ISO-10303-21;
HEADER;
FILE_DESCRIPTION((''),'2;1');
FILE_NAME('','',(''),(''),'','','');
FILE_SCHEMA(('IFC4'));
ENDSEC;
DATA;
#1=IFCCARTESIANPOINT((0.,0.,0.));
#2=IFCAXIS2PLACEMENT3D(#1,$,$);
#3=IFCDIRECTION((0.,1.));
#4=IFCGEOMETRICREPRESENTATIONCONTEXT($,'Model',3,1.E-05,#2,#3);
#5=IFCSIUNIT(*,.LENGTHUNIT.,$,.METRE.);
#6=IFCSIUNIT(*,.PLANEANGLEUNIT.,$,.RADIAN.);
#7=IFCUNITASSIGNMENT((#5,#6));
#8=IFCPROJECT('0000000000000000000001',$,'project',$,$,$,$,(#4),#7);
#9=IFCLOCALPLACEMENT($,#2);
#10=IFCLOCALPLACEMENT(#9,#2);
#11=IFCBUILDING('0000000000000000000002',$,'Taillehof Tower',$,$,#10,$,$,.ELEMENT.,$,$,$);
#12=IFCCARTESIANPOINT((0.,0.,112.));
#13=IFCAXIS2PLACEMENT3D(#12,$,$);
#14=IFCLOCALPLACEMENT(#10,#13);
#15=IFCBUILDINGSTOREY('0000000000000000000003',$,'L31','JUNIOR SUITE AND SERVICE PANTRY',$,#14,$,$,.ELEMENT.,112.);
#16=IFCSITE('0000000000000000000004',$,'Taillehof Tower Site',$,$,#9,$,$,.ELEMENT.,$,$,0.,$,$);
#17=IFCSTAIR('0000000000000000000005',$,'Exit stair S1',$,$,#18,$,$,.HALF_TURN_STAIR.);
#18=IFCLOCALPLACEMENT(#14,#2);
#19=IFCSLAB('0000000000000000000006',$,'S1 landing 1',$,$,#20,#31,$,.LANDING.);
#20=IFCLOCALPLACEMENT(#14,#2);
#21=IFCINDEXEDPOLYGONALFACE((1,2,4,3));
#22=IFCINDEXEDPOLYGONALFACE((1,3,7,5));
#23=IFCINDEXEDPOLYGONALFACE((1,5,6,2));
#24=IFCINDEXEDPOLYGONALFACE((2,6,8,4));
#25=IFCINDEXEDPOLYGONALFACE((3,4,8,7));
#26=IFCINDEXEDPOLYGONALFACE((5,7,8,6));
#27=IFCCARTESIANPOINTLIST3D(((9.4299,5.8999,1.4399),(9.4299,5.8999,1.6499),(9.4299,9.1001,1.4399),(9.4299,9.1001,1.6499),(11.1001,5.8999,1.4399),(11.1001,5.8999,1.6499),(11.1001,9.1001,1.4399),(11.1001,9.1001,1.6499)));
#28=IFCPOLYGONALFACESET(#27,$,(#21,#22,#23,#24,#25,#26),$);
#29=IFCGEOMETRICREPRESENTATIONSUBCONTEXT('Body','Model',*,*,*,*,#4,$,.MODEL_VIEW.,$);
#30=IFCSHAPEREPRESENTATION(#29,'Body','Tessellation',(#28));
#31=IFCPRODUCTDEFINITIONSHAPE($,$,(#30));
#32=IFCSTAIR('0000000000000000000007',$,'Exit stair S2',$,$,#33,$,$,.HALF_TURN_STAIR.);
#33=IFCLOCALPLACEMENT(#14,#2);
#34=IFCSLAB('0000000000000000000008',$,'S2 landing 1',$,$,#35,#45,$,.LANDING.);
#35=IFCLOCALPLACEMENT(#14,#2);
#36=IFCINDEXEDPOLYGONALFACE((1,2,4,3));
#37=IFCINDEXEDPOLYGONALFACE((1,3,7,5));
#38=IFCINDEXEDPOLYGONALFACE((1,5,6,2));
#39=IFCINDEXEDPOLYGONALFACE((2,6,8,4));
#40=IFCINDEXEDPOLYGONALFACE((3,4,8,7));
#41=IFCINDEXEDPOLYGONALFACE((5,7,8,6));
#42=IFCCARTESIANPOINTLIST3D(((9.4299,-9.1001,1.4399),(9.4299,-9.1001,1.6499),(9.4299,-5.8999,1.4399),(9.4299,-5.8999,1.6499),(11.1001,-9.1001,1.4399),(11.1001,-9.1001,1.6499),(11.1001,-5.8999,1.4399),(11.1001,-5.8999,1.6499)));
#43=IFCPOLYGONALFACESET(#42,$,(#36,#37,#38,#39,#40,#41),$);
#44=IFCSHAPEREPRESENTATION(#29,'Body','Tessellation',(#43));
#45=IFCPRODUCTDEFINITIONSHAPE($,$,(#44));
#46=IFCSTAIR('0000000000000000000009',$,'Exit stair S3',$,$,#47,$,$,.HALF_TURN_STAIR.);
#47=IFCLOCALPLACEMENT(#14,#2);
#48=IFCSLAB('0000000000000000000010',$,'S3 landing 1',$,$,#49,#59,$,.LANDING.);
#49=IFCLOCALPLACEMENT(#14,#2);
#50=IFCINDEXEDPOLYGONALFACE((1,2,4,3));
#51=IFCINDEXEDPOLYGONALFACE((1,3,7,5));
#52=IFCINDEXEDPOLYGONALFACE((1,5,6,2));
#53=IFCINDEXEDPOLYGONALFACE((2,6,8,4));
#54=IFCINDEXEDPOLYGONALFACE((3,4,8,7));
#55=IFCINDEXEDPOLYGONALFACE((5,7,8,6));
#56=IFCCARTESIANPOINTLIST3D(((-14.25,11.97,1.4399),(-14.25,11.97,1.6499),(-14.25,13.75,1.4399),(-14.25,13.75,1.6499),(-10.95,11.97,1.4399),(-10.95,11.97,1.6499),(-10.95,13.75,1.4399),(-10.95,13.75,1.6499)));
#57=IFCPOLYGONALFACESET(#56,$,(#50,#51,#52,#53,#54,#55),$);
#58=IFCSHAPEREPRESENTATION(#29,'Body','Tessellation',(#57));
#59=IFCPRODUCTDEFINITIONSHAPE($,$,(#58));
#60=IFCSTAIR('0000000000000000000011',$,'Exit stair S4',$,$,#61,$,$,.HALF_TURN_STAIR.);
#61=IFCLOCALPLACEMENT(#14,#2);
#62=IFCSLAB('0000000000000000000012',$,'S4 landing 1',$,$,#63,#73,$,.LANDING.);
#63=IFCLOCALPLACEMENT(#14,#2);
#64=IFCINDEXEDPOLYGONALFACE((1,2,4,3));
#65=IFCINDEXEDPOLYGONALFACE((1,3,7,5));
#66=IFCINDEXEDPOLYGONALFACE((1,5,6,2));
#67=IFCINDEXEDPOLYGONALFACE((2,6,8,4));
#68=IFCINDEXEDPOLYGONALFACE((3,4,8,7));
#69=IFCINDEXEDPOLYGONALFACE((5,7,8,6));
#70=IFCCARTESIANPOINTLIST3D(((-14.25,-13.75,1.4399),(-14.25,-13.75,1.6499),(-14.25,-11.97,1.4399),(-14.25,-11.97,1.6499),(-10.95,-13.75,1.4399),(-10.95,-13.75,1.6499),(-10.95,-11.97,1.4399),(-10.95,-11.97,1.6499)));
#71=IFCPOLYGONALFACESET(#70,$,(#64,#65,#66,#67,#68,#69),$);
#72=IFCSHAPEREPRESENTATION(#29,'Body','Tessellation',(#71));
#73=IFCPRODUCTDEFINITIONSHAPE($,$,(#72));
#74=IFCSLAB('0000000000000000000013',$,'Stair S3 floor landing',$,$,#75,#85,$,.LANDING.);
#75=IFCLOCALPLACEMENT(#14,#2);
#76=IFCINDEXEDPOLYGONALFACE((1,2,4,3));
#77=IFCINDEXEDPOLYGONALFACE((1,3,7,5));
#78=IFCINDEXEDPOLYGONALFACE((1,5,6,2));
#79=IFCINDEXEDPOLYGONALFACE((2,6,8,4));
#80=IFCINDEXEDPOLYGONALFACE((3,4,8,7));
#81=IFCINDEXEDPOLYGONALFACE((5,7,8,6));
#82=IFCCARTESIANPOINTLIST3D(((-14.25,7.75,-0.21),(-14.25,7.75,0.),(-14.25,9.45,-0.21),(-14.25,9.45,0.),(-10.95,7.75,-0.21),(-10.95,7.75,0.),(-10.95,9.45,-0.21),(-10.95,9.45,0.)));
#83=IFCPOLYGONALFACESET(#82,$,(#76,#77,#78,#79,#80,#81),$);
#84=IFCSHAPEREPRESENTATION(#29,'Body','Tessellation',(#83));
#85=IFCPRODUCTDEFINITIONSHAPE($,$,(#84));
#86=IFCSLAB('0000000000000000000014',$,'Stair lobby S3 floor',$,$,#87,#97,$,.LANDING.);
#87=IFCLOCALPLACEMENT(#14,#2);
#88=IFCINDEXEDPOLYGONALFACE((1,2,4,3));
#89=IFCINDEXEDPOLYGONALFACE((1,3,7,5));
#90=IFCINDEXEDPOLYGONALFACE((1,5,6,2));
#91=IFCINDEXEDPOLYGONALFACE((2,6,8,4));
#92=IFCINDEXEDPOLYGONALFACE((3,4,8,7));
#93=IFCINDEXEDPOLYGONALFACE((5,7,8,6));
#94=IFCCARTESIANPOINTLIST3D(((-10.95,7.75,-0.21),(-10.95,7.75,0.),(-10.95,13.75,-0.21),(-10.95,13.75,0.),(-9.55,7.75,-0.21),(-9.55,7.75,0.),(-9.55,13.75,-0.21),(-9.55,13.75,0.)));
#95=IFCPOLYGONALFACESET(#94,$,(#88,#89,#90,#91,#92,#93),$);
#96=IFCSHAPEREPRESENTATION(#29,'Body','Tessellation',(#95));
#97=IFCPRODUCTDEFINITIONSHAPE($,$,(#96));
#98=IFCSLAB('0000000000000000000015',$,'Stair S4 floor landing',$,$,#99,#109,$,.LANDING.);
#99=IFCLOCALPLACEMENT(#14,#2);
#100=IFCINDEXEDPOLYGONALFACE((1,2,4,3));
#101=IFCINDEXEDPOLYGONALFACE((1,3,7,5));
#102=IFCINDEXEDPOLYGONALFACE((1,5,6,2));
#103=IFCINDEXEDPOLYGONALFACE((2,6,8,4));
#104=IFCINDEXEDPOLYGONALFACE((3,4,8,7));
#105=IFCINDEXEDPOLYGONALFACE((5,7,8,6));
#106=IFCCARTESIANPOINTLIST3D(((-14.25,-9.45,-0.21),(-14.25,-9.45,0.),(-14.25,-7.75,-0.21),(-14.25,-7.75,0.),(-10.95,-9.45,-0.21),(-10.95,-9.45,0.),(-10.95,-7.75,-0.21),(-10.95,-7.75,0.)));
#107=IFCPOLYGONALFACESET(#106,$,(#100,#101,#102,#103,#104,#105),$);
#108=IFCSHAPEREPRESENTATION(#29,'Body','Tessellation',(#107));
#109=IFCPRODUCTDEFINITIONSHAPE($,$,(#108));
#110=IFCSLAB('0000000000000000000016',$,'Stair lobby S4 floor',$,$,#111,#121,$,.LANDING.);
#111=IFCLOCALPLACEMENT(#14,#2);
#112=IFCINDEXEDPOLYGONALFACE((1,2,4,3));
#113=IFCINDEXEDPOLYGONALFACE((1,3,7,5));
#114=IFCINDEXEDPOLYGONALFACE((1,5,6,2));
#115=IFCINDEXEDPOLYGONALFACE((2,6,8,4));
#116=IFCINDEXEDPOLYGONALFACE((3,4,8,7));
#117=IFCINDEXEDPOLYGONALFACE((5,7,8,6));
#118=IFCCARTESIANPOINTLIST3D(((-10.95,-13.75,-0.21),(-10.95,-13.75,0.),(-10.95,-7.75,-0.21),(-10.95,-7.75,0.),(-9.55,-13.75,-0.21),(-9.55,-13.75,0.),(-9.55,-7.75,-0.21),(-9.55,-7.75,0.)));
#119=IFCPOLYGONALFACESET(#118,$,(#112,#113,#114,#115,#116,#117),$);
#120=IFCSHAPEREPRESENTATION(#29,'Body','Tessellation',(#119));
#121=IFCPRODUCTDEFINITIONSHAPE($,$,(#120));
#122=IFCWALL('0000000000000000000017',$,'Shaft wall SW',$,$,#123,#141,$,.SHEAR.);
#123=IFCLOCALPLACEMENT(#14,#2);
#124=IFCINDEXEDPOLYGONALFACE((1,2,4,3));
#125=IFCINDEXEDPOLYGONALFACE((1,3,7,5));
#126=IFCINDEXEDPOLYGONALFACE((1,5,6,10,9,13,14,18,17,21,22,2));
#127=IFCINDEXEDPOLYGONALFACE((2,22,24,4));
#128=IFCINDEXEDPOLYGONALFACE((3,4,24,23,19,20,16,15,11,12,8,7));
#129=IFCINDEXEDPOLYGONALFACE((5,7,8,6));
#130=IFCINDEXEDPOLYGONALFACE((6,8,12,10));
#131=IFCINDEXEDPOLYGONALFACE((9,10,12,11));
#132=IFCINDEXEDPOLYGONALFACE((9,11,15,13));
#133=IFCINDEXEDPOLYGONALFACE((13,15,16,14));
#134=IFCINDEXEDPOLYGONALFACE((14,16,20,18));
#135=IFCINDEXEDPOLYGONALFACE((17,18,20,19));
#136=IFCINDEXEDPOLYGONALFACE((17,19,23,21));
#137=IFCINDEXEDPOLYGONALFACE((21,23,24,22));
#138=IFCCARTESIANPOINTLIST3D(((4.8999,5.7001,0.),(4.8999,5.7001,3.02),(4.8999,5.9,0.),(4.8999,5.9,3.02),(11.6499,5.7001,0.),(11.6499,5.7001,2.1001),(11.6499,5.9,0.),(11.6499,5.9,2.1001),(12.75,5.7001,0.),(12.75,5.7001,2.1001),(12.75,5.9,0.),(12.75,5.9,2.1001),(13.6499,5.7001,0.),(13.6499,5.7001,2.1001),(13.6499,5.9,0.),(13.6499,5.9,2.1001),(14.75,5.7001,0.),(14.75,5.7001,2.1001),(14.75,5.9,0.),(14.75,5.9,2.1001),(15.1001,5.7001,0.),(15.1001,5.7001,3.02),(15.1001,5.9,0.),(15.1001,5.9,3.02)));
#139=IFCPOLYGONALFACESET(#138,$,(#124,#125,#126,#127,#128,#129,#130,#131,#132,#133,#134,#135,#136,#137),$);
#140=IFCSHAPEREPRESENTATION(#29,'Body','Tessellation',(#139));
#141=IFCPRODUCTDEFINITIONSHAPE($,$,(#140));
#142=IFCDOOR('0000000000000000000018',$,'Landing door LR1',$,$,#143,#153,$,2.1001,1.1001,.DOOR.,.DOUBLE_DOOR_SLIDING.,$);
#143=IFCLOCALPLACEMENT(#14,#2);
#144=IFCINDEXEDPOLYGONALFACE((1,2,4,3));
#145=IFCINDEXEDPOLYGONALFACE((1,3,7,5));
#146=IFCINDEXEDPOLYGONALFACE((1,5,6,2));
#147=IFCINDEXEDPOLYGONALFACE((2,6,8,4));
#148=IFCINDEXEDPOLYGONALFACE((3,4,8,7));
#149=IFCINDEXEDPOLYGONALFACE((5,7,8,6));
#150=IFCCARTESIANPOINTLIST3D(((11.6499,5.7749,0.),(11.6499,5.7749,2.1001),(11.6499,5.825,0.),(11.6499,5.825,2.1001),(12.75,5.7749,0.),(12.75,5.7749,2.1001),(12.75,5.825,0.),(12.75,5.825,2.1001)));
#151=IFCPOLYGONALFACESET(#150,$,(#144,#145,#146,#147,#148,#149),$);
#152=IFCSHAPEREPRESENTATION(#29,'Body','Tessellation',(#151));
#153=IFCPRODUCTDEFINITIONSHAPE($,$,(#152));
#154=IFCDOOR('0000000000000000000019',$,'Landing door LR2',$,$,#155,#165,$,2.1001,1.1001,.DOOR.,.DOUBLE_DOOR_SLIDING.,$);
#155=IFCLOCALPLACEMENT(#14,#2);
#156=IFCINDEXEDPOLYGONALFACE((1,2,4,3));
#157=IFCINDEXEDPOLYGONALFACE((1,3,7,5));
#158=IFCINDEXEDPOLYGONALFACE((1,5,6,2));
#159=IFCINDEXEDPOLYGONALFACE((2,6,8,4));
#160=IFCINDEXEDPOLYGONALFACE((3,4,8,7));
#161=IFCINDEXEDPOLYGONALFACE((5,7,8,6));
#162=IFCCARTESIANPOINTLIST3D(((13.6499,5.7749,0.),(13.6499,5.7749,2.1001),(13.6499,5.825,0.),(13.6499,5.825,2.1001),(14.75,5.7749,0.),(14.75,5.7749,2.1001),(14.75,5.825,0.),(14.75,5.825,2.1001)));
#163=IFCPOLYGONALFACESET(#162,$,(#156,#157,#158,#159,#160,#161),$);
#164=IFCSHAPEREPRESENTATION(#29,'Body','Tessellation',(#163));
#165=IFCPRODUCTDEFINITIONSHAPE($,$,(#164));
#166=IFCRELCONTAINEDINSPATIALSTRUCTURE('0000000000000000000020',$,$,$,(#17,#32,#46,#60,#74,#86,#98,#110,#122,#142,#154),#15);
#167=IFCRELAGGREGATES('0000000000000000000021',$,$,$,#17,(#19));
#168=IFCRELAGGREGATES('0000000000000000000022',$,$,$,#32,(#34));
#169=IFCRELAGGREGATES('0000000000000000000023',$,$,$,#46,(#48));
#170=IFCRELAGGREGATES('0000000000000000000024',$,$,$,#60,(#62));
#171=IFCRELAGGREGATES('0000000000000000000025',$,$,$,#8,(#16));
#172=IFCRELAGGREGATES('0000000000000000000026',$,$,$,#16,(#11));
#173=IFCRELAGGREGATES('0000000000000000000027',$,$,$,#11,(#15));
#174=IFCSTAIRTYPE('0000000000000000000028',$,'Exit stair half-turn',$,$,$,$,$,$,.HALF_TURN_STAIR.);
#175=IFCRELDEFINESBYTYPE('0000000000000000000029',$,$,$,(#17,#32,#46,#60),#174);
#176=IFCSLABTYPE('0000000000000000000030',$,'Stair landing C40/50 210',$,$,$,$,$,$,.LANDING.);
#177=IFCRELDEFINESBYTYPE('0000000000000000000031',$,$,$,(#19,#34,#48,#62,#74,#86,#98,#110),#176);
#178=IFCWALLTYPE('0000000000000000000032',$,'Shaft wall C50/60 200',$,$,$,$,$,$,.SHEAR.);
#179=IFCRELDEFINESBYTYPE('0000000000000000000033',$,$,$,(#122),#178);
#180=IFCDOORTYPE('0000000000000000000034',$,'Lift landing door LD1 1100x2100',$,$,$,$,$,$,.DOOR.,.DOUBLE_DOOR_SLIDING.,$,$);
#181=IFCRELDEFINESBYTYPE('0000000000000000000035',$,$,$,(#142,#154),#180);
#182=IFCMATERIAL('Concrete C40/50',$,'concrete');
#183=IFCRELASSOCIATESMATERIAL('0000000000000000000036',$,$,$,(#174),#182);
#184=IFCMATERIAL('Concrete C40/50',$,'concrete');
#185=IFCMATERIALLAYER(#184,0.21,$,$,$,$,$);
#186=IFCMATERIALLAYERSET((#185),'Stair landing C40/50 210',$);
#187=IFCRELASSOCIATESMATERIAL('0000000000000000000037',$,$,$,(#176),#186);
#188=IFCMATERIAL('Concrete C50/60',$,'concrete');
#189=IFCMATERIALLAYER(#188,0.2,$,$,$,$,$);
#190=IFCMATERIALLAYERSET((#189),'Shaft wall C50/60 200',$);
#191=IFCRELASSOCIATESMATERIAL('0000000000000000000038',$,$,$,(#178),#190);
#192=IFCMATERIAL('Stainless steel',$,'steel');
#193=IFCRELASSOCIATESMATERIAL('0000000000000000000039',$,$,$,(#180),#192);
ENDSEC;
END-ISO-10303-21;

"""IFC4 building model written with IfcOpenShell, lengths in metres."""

from ifc_helpers import new_model, si_unit, direction, frame, frame_2d, origin, place, context, subcontext, project, spatial, polyline, rectangle, outline, extrude, material, layer, layer_set, type_object, element, fill, aggregate, save


model = new_model("IFC4")

# Units and contexts
model_context = context("Model", 3, precision=1e-05, world=origin(), true_north=direction((0.0, 1.0)))
body_context = subcontext(model_context, "Body", "Model", "MODEL_VIEW")
ifc_project = project(units=[si_unit("LENGTHUNIT", "METRE"), si_unit("PLANEANGLEUNIT", "RADIAN")], contexts=[model_context])

# Site, building, storey
site_placement = place(None, origin())
site = spatial("IfcSite", under=ifc_project, at=site_placement, Name="Taillehof Tower Site", CompositionType="ELEMENT", RefElevation=0.0)
building_placement = place(site_placement, origin())
building = spatial("IfcBuilding", under=site, at=building_placement, Name="Taillehof Tower", CompositionType="ELEMENT")
storey_placement = place(building_placement, frame((0.0, 0.0, 112.0)))
storey = spatial("IfcBuildingStorey", under=building, at=storey_placement, Name="L31", Description="JUNIOR SUITE AND SERVICE PANTRY", CompositionType="ELEMENT", Elevation=112.0)

# Stairs, slabs
ifc_material_1 = material(Name="Concrete C40/50", Category="concrete")
stair_type = type_object("IfcStairType", Name="Exit stair half-turn", PredefinedType="HALF_TURN_STAIR", material=ifc_material_1)
stair_1_placement = place(storey_placement, origin())
stair_1 = element("IfcStair", 1, at=stair_1_placement, inside=storey, type_object=stair_type, Name="Exit stair S1", PredefinedType="HALF_TURN_STAIR")
ifc_material_2 = material(Name="Concrete C40/50", Category="concrete")
ifc_layer_1 = layer(ifc_material_2, 0.21)
ifc_layer_set_1 = layer_set([ifc_layer_1], Name="Stair landing C40/50 210")
slab_type_1 = type_object("IfcSlabType", Name="Stair landing C40/50 210", PredefinedType="LANDING", material=ifc_layer_set_1)
slab_1_placement = place(storey_placement, frame((0.0, 0.0, 1.4399)))
slab_1 = element("IfcSlab", 2, at=slab_1_placement, type_object=slab_type_1, Name="S1 landing 1", PredefinedType="LANDING", context=body_context, shape_type="SweptSolid", body=[
    extrude(outline(polyline([(9.4299, 5.8999), (11.1001, 5.8999), (11.1001, 9.1001), (9.4299, 9.1001), (9.4299, 5.8999)])), origin(), (0.0, 0.0, 1.0), 0.21),
])
aggregate(stair_1, [slab_1])
stair_2_placement = place(storey_placement, origin())
stair_2 = element("IfcStair", 3, at=stair_2_placement, inside=storey, type_object=stair_type, Name="Exit stair S2", PredefinedType="HALF_TURN_STAIR")
slab_2_placement = place(storey_placement, frame((0.0, 0.0, 1.4399)))
slab_2 = element("IfcSlab", 4, at=slab_2_placement, type_object=slab_type_1, Name="S2 landing 1", PredefinedType="LANDING", context=body_context, shape_type="SweptSolid", body=[
    extrude(outline(polyline([(9.4299, -5.8999), (11.1001, -5.8999), (11.1001, -9.1001), (9.4299, -9.1001), (9.4299, -5.8999)])), origin(), (0.0, 0.0, 1.0), 0.21),
])
aggregate(stair_2, [slab_2])
stair_3_placement = place(storey_placement, origin())
stair_3 = element("IfcStair", 5, at=stair_3_placement, inside=storey, type_object=stair_type, Name="Exit stair S3", PredefinedType="HALF_TURN_STAIR")
slab_3_placement = place(storey_placement, frame((0.0, 0.0, 1.4399)))
slab_3 = element("IfcSlab", 6, at=slab_3_placement, type_object=slab_type_1, Name="S3 landing 1", PredefinedType="LANDING", context=body_context, shape_type="SweptSolid", body=[
    extrude(outline(polyline([(-14.25, 11.97), (-14.25, 13.75), (-10.95, 13.75), (-10.95, 11.97), (-14.25, 11.97)])), origin(), (0.0, 0.0, 1.0), 0.21),
])
aggregate(stair_3, [slab_3])
stair_4_placement = place(storey_placement, origin())
stair_4 = element("IfcStair", 7, at=stair_4_placement, inside=storey, type_object=stair_type, Name="Exit stair S4", PredefinedType="HALF_TURN_STAIR")
slab_4_placement = place(storey_placement, frame((0.0, 0.0, 1.4399)))
slab_4 = element("IfcSlab", 8, at=slab_4_placement, type_object=slab_type_1, Name="S4 landing 1", PredefinedType="LANDING", context=body_context, shape_type="SweptSolid", body=[
    extrude(outline(polyline([(-14.25, -11.97), (-14.25, -13.75), (-10.95, -13.75), (-10.95, -11.97), (-14.25, -11.97)])), origin(), (0.0, 0.0, 1.0), 0.21),
])
aggregate(stair_4, [slab_4])

# Slabs
slab_5_placement = place(storey_placement, frame((0.0, 0.0, -0.21)))
element("IfcSlab", 9, at=slab_5_placement, inside=storey, type_object=slab_type_1, Name="Stair S3 floor landing", PredefinedType="LANDING", context=body_context, shape_type="SweptSolid", body=[
    extrude(outline(polyline([(-14.25, 7.75), (-14.25, 9.45), (-10.95, 9.45), (-10.95, 7.75), (-14.25, 7.75)])), origin(), (0.0, 0.0, 1.0), 0.21),
])
slab_6_placement = place(storey_placement, frame((0.0, 0.0, -0.21)))
element("IfcSlab", 10, at=slab_6_placement, inside=storey, type_object=slab_type_1, Name="Stair lobby S3 floor", PredefinedType="LANDING", context=body_context, shape_type="SweptSolid", body=[
    extrude(outline(polyline([(-10.95, 7.75), (-9.55, 7.75), (-9.55, 13.75), (-10.95, 13.75), (-10.95, 7.75)])), origin(), (0.0, 0.0, 1.0), 0.21),
])
slab_7_placement = place(storey_placement, frame((0.0, 0.0, -0.21)))
element("IfcSlab", 11, at=slab_7_placement, inside=storey, type_object=slab_type_1, Name="Stair S4 floor landing", PredefinedType="LANDING", context=body_context, shape_type="SweptSolid", body=[
    extrude(outline(polyline([(-14.25, -7.75), (-14.25, -9.45), (-10.95, -9.45), (-10.95, -7.75), (-14.25, -7.75)])), origin(), (0.0, 0.0, 1.0), 0.21),
])
slab_8_placement = place(storey_placement, frame((0.0, 0.0, -0.21)))
element("IfcSlab", 12, at=slab_8_placement, inside=storey, type_object=slab_type_1, Name="Stair lobby S4 floor", PredefinedType="LANDING", context=body_context, shape_type="SweptSolid", body=[
    extrude(outline(polyline([(-10.95, -13.75), (-9.55, -13.75), (-9.55, -7.75), (-10.95, -7.75), (-10.95, -13.75)])), origin(), (0.0, 0.0, 1.0), 0.21),
])

# Wall, openings, doors
ifc_material_3 = material(Name="Concrete C50/60", Category="concrete")
ifc_layer_2 = layer(ifc_material_3, 0.2)
ifc_layer_set_2 = layer_set([ifc_layer_2], Name="Shaft wall C50/60 200")
wall_type_1 = type_object("IfcWallType", Name="Shaft wall C50/60 200", PredefinedType="SHEAR", material=ifc_layer_set_2)
wall_1_placement = place(storey_placement, frame((4.8999, 5.8, 0.0), z_axis=(0.0, 0.0, 1.0), x_axis=(1.0, 0.0, 0.0)))
wall_1 = element("IfcWall", 13, at=wall_1_placement, inside=storey, type_object=wall_type_1, Name="Shaft wall SW", PredefinedType="SHEAR", context=body_context, shape_type="SweptSolid", body=[
    extrude(rectangle(XDim=10.2002, YDim=0.2, at=frame_2d((5.1001, 0.0))), origin(), (0.0, 0.0, 1.0), 3.02),
])
opening_1_placement = place(wall_1_placement, frame((6.75, 0.0, 0.0)))
opening_1 = element("IfcOpeningElement", 14, at=opening_1_placement, cuts=wall_1, PredefinedType="OPENING", context=body_context, shape_type="SweptSolid", body=[
    extrude(rectangle(XDim=1.1001, YDim=2.1001, at=frame_2d((0.55, 1.05))), frame((0.0, 0.1099, 0.0), z_axis=(0.0, -1.0, 0.0), x_axis=(1.0, 0.0, 0.0)), (0.0, 0.0, 1.0), 0.22),
])
opening_2_placement = place(wall_1_placement, frame((8.75, 0.0, 0.0)))
opening_2 = element("IfcOpeningElement", 15, at=opening_2_placement, cuts=wall_1, PredefinedType="OPENING", context=body_context, shape_type="SweptSolid", body=[
    extrude(rectangle(XDim=1.1001, YDim=2.1001, at=frame_2d((0.55, 1.05))), frame((0.0, 0.1099, 0.0), z_axis=(0.0, -1.0, 0.0), x_axis=(1.0, 0.0, 0.0)), (0.0, 0.0, 1.0), 0.22),
])
ifc_material_4 = material(Name="Stainless steel", Category="steel")
door_type_1 = type_object("IfcDoorType", Name="Lift landing door LD1 1100x2100", OperationType="DOUBLE_DOOR_SLIDING", PredefinedType="DOOR", material=ifc_material_4)
door_1_placement = place(opening_1_placement, origin())
door_1 = element("IfcDoor", 16, at=door_1_placement, inside=storey, type_object=door_type_1, Name="Landing door LR1", OperationType="DOUBLE_DOOR_SLIDING", OverallHeight=2.1001, OverallWidth=1.1001, PredefinedType="DOOR", context=body_context, shape_type="SweptSolid", body=[
    extrude(rectangle(XDim=1.1001, YDim=2.1001, at=frame_2d((0.55, 1.05))), frame((0.0, 0.0249, 0.0), z_axis=(0.0, -1.0, 0.0), x_axis=(1.0, 0.0, 0.0)), (0.0, 0.0, 1.0), 0.05),
])
fill(opening_1, door_1)
door_2_placement = place(opening_2_placement, origin())
door_2 = element("IfcDoor", 17, at=door_2_placement, inside=storey, type_object=door_type_1, Name="Landing door LR2", OperationType="DOUBLE_DOOR_SLIDING", OverallHeight=2.1001, OverallWidth=1.1001, PredefinedType="DOOR", context=body_context, shape_type="SweptSolid", body=[
    extrude(rectangle(XDim=1.1001, YDim=2.1001, at=frame_2d((0.55, 1.05))), frame((0.0, 0.0249, 0.0), z_axis=(0.0, -1.0, 0.0), x_axis=(1.0, 0.0, 0.0)), (0.0, 0.0, 1.0), 0.05),
])
fill(opening_2, door_2)

save(model, "model.ifc")
